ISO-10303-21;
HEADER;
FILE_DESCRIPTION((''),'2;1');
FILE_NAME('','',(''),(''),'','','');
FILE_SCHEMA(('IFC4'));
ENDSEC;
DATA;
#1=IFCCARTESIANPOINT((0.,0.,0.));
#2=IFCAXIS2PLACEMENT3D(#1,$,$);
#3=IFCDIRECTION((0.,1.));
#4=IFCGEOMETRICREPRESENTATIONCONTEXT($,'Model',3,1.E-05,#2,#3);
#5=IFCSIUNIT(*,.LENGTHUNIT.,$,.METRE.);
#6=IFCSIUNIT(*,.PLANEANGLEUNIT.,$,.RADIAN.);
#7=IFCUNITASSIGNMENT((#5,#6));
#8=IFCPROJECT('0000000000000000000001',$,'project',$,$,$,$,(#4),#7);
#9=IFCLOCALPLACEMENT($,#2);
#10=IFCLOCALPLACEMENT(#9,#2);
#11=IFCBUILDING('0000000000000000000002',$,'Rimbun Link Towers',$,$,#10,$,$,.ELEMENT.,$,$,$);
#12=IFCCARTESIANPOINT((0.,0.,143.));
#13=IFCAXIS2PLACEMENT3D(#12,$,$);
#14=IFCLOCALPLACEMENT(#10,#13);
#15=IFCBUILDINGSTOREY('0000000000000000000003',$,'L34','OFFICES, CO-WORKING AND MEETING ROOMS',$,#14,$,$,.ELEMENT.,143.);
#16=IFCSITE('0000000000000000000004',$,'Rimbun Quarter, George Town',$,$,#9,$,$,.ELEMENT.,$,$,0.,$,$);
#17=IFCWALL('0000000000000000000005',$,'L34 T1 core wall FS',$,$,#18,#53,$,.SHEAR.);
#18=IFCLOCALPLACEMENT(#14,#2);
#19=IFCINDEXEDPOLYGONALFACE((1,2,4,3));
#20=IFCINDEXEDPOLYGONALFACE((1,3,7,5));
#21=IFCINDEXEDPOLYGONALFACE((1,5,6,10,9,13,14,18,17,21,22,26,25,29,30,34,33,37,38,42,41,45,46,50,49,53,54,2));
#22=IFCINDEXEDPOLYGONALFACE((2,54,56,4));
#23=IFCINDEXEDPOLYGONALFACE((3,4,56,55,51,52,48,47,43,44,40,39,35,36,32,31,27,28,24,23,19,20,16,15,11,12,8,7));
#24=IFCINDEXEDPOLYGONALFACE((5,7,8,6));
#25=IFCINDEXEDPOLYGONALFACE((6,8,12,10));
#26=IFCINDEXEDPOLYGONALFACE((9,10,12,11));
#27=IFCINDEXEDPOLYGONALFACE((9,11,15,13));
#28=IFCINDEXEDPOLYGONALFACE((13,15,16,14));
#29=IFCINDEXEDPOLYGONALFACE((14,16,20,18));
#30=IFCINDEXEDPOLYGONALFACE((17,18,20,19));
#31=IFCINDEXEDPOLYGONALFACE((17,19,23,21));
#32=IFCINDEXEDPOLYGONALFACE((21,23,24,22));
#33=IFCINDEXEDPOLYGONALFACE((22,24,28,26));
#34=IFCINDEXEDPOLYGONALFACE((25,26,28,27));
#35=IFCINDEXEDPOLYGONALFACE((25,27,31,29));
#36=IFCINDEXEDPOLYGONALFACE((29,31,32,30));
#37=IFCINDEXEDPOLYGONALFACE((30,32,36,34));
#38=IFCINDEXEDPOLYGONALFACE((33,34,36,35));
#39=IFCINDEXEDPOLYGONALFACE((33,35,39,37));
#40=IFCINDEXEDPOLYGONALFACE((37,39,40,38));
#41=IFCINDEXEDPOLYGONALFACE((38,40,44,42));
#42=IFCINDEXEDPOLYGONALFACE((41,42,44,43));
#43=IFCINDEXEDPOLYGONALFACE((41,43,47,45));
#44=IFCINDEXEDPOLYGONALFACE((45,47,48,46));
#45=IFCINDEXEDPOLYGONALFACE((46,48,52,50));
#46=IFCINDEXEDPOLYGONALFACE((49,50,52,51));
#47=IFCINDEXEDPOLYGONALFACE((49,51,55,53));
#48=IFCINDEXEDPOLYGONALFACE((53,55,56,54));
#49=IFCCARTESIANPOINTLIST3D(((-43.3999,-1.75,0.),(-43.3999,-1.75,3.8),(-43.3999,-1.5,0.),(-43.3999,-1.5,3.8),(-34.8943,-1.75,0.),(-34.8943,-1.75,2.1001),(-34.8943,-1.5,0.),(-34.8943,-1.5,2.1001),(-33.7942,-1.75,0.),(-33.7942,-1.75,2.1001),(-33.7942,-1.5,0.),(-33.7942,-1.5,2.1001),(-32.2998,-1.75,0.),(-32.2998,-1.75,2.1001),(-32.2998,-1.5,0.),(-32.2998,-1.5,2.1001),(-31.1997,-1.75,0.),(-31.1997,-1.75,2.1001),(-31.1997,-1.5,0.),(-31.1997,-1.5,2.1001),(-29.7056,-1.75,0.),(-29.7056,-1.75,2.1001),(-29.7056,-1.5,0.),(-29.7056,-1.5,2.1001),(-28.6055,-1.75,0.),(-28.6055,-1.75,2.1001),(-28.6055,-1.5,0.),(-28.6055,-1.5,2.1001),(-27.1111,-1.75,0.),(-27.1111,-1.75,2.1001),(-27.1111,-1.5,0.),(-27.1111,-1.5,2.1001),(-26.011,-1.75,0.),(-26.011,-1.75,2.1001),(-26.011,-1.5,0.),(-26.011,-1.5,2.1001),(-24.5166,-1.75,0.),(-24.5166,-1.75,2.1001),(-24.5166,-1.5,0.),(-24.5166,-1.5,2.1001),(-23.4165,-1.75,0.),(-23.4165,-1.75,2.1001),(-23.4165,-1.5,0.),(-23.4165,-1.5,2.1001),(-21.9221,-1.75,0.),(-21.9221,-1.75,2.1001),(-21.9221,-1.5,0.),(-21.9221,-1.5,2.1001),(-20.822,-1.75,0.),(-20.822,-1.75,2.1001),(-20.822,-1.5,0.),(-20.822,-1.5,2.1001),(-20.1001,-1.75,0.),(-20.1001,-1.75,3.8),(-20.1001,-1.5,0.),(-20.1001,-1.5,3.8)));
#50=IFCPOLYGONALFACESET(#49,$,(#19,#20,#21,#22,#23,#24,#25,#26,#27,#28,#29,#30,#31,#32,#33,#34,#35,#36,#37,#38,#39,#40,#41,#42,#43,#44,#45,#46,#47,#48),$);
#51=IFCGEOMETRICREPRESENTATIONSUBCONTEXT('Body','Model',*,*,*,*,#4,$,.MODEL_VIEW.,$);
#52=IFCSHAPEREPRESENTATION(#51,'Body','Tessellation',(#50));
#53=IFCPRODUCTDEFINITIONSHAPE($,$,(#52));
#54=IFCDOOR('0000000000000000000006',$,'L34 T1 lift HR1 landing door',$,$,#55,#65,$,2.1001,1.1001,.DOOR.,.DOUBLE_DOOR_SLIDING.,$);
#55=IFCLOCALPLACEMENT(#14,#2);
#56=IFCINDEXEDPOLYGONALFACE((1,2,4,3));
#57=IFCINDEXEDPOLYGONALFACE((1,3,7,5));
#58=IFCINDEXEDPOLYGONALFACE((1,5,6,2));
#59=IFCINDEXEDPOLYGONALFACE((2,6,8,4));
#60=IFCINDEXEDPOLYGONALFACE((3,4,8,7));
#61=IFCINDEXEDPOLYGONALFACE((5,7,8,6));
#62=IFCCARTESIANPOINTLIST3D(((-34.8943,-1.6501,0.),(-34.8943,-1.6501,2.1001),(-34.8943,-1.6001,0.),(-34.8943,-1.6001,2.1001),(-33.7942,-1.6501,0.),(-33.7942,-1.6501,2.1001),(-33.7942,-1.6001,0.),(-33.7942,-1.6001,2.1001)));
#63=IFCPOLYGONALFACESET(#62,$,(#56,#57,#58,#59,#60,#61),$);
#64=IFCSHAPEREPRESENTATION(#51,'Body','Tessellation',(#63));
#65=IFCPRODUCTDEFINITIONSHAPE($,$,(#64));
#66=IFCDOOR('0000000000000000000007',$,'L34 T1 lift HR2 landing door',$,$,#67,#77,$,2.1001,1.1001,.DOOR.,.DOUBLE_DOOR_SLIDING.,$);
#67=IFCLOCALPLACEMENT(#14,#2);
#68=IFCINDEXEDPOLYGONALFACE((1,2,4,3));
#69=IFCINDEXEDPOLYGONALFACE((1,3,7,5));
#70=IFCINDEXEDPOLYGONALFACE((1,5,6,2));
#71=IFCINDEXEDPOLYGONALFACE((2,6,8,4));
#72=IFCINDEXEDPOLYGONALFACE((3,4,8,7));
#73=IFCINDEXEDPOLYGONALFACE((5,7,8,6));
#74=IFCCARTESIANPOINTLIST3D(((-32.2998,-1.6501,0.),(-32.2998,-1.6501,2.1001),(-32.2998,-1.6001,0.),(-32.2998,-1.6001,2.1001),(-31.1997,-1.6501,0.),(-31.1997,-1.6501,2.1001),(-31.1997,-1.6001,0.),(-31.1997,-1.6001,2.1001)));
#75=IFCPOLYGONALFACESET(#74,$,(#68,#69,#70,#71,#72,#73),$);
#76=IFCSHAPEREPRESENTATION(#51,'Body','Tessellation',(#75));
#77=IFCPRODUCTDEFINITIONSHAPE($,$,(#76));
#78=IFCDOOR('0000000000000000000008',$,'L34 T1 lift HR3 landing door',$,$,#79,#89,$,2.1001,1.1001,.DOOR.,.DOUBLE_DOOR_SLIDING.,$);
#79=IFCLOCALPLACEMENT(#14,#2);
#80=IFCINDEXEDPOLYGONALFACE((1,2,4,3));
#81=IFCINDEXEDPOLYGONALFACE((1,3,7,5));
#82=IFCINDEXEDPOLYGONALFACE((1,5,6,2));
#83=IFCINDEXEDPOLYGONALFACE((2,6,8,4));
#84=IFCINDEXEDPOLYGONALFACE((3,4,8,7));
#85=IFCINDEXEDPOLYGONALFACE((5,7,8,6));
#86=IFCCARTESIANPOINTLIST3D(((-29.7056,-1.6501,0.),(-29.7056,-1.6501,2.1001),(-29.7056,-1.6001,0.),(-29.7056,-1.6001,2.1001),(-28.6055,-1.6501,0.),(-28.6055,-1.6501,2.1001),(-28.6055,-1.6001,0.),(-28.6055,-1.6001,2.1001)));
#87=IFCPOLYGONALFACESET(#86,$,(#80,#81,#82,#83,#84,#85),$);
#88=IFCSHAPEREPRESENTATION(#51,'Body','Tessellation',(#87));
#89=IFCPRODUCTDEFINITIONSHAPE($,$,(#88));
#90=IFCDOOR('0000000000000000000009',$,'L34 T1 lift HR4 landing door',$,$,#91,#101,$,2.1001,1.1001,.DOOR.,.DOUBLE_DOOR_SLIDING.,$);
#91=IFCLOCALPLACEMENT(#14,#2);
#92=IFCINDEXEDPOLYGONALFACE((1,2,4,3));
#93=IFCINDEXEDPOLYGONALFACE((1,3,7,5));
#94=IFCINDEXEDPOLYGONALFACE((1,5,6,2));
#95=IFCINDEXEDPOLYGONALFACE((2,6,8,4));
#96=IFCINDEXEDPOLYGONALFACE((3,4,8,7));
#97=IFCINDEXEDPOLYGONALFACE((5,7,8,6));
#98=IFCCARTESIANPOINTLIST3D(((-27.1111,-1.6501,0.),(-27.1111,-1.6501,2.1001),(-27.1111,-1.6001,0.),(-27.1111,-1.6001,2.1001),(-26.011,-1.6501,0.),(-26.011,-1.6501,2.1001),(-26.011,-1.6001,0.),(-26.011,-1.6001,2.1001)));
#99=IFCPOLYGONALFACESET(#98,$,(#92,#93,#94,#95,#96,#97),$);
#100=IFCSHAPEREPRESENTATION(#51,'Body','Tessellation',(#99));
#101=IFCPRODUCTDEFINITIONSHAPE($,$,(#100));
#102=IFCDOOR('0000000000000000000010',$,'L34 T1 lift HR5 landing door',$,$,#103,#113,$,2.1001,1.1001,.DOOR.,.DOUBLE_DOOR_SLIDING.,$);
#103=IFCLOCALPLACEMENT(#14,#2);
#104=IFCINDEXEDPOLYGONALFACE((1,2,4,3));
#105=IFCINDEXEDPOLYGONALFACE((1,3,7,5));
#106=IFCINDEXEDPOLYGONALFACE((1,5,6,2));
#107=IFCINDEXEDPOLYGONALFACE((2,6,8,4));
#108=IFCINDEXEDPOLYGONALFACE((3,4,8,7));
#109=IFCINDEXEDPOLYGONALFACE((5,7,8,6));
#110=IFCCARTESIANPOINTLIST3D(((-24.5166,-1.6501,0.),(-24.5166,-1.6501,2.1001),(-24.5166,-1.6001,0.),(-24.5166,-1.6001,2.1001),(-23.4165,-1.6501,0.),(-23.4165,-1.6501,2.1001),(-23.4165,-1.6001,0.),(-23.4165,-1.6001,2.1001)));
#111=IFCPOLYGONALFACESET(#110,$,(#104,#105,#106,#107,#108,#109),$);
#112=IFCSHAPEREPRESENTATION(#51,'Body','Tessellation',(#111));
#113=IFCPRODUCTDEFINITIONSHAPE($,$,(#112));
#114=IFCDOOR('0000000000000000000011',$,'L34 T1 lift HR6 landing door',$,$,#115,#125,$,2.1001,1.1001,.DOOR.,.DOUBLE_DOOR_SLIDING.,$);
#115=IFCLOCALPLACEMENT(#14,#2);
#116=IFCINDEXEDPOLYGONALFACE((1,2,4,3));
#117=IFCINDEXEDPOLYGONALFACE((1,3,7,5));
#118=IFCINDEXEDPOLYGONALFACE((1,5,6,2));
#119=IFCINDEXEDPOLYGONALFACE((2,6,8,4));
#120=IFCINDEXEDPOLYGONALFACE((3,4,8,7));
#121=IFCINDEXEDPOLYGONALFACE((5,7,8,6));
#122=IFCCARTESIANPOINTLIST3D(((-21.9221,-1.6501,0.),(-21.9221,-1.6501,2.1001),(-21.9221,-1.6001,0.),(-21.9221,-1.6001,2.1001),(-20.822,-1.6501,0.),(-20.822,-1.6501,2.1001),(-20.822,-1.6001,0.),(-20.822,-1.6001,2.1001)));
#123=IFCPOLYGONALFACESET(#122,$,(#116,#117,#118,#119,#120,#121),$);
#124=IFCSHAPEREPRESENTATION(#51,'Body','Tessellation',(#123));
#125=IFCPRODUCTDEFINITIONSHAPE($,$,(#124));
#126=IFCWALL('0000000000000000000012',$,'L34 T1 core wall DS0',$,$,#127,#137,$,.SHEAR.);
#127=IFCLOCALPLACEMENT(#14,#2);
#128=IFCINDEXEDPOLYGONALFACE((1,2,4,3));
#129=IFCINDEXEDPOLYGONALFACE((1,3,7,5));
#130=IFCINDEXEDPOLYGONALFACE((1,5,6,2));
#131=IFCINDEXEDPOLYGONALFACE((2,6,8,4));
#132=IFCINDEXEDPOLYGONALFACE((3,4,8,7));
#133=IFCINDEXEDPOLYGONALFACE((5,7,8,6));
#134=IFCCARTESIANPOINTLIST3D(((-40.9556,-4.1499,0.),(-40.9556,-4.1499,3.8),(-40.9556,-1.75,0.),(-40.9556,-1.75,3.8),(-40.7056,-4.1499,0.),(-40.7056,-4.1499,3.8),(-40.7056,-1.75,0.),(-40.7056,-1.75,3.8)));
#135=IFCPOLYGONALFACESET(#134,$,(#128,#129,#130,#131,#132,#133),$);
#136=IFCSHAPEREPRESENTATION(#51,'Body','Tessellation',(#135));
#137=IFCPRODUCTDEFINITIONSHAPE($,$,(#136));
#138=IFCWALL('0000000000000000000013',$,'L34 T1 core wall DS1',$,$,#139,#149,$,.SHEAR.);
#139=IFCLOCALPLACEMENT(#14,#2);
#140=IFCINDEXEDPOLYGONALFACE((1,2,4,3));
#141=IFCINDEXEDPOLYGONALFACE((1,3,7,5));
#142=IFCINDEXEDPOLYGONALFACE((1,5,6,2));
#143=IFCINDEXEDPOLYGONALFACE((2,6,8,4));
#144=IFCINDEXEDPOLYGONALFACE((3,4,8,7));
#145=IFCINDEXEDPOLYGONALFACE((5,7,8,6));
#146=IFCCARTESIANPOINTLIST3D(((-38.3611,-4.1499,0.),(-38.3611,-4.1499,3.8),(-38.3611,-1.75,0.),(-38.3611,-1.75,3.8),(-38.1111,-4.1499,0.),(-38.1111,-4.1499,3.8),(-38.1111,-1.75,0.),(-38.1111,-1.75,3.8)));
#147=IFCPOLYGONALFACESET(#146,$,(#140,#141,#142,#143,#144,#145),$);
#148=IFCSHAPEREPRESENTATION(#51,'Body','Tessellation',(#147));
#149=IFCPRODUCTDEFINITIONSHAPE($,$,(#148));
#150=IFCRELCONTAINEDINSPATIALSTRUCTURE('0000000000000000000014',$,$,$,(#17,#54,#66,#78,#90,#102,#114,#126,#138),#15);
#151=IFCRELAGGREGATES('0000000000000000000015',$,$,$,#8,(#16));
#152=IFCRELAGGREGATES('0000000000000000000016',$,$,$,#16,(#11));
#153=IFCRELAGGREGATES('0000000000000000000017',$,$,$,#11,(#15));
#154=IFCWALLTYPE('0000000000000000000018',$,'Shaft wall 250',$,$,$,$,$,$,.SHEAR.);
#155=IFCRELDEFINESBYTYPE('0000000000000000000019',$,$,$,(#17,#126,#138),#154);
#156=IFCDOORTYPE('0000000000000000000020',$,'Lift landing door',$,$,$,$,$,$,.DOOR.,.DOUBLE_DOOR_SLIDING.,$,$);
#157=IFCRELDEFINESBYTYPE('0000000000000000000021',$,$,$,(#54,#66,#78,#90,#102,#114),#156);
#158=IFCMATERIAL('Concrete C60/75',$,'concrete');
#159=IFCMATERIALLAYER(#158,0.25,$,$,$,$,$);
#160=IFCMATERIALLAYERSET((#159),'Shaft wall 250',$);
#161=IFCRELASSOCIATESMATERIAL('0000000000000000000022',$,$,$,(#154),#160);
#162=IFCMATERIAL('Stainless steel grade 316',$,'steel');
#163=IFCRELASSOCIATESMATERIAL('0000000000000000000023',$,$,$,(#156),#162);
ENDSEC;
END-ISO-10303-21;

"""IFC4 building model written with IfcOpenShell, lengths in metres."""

from ifc_helpers import new_model, si_unit, direction, frame, frame_2d, origin, place, context, subcontext, project, spatial, rectangle, extrude, material, layer, layer_set, type_object, element, fill, save


model = new_model("IFC4")

# Units and contexts
model_context = context("Model", 3, precision=1e-05, world=origin(), true_north=direction((0.0, 1.0)))
body_context = subcontext(model_context, "Body", "Model", "MODEL_VIEW")
ifc_project = project(units=[si_unit("LENGTHUNIT", "METRE"), si_unit("PLANEANGLEUNIT", "RADIAN")], contexts=[model_context])

# Site, building, storey
site_placement = place(None, origin())
site = spatial("IfcSite", under=ifc_project, at=site_placement, Name="Rimbun Quarter, George Town", CompositionType="ELEMENT", RefElevation=0.0)
building_placement = place(site_placement, origin())
building = spatial("IfcBuilding", under=site, at=building_placement, Name="Rimbun Link Towers", CompositionType="ELEMENT")
storey_placement = place(building_placement, frame((0.0, 0.0, 143.0)))
storey = spatial("IfcBuildingStorey", under=building, at=storey_placement, Name="L34", Description="OFFICES, CO-WORKING AND MEETING ROOMS", CompositionType="ELEMENT", Elevation=143.0)

# Shared definitions
ifc_material_1 = material(Name="Concrete C60/75", Category="concrete")
ifc_layer_1 = layer(ifc_material_1, 0.25)
ifc_layer_set_1 = layer_set([ifc_layer_1], Name="Shaft wall 250")
wall_type_1 = type_object("IfcWallType", Name="Shaft wall 250", PredefinedType="SHEAR", material=ifc_layer_set_1)

# Wall, openings, doors
wall_1_placement = place(storey_placement, frame((-43.3999, -1.625, 0.0), z_axis=(0.0, 0.0, 1.0), x_axis=(1.0, 0.0, 0.0)))
wall_1 = element("IfcWall", 1, at=wall_1_placement, inside=storey, type_object=wall_type_1, Name="L34 T1 core wall FS", PredefinedType="SHEAR", context=body_context, shape_type="SweptSolid", body=[
    extrude(rectangle(XDim=23.2998, YDim=0.25, at=frame_2d((11.6499, 0.0))), origin(), (0.0, 0.0, 1.0), 3.8),
])
opening_1_placement = place(wall_1_placement, frame((8.5056, 0.0, 0.0)))
opening_1 = element("IfcOpeningElement", 2, at=opening_1_placement, cuts=wall_1, PredefinedType="OPENING", context=body_context, shape_type="SweptSolid", body=[
    extrude(rectangle(XDim=1.1001, YDim=2.1001, at=frame_2d((0.55, 1.05))), frame((0.0, 0.135, 0.0), z_axis=(0.0, -1.0, 0.0), x_axis=(1.0, 0.0, 0.0)), (0.0, 0.0, 1.0), 0.27),
])
opening_2_placement = place(wall_1_placement, frame((11.1001, 0.0, 0.0)))
opening_2 = element("IfcOpeningElement", 3, at=opening_2_placement, cuts=wall_1, PredefinedType="OPENING", context=body_context, shape_type="SweptSolid", body=[
    extrude(rectangle(XDim=1.1001, YDim=2.1001, at=frame_2d((0.55, 1.05))), frame((0.0, 0.135, 0.0), z_axis=(0.0, -1.0, 0.0), x_axis=(1.0, 0.0, 0.0)), (0.0, 0.0, 1.0), 0.27),
])
opening_3_placement = place(wall_1_placement, frame((13.6943, 0.0, 0.0)))
opening_3 = element("IfcOpeningElement", 4, at=opening_3_placement, cuts=wall_1, PredefinedType="OPENING", context=body_context, shape_type="SweptSolid", body=[
    extrude(rectangle(XDim=1.1001, YDim=2.1001, at=frame_2d((0.55, 1.05))), frame((0.0, 0.135, 0.0), z_axis=(0.0, -1.0, 0.0), x_axis=(1.0, 0.0, 0.0)), (0.0, 0.0, 1.0), 0.27),
])
opening_4_placement = place(wall_1_placement, frame((16.2888, 0.0, 0.0)))
opening_4 = element("IfcOpeningElement", 5, at=opening_4_placement, cuts=wall_1, PredefinedType="OPENING", context=body_context, shape_type="SweptSolid", body=[
    extrude(rectangle(XDim=1.1001, YDim=2.1001, at=frame_2d((0.55, 1.05))), frame((0.0, 0.135, 0.0), z_axis=(0.0, -1.0, 0.0), x_axis=(1.0, 0.0, 0.0)), (0.0, 0.0, 1.0), 0.27),
])
opening_5_placement = place(wall_1_placement, frame((18.8833, 0.0, 0.0)))
opening_5 = element("IfcOpeningElement", 6, at=opening_5_placement, cuts=wall_1, PredefinedType="OPENING", context=body_context, shape_type="SweptSolid", body=[
    extrude(rectangle(XDim=1.1001, YDim=2.1001, at=frame_2d((0.55, 1.05))), frame((0.0, 0.135, 0.0), z_axis=(0.0, -1.0, 0.0), x_axis=(1.0, 0.0, 0.0)), (0.0, 0.0, 1.0), 0.27),
])
opening_6_placement = place(wall_1_placement, frame((21.4778, 0.0, 0.0)))
opening_6 = element("IfcOpeningElement", 7, at=opening_6_placement, cuts=wall_1, PredefinedType="OPENING", context=body_context, shape_type="SweptSolid", body=[
    extrude(rectangle(XDim=1.1001, YDim=2.1001, at=frame_2d((0.55, 1.05))), frame((0.0, 0.135, 0.0), z_axis=(0.0, -1.0, 0.0), x_axis=(1.0, 0.0, 0.0)), (0.0, 0.0, 1.0), 0.27),
])
ifc_material_2 = material(Name="Stainless steel grade 316", Category="steel")
door_type_1 = type_object("IfcDoorType", Name="Lift landing door", OperationType="DOUBLE_DOOR_SLIDING", PredefinedType="DOOR", material=ifc_material_2)
door_1_placement = place(opening_1_placement, origin())
door_1 = element("IfcDoor", 8, at=door_1_placement, inside=storey, type_object=door_type_1, Name="L34 T1 lift HR1 landing door", OperationType="DOUBLE_DOOR_SLIDING", OverallHeight=2.1001, OverallWidth=1.1001, PredefinedType="DOOR", context=body_context, shape_type="SweptSolid", body=[
    extrude(rectangle(XDim=1.1001, YDim=2.1001, at=frame_2d((0.55, 1.05))), frame((0.0, 0.0249, 0.0), z_axis=(0.0, -1.0, 0.0), x_axis=(1.0, 0.0, 0.0)), (0.0, 0.0, 1.0), 0.05),
])
fill(opening_1, door_1)
door_2_placement = place(opening_2_placement, origin())
door_2 = element("IfcDoor", 9, at=door_2_placement, inside=storey, type_object=door_type_1, Name="L34 T1 lift HR2 landing door", OperationType="DOUBLE_DOOR_SLIDING", OverallHeight=2.1001, OverallWidth=1.1001, PredefinedType="DOOR", context=body_context, shape_type="SweptSolid", body=[
    extrude(rectangle(XDim=1.1001, YDim=2.1001, at=frame_2d((0.55, 1.05))), frame((0.0, 0.0249, 0.0), z_axis=(0.0, -1.0, 0.0), x_axis=(1.0, 0.0, 0.0)), (0.0, 0.0, 1.0), 0.05),
])
fill(opening_2, door_2)
door_3_placement = place(opening_3_placement, origin())
door_3 = element("IfcDoor", 10, at=door_3_placement, inside=storey, type_object=door_type_1, Name="L34 T1 lift HR3 landing door", OperationType="DOUBLE_DOOR_SLIDING", OverallHeight=2.1001, OverallWidth=1.1001, PredefinedType="DOOR", context=body_context, shape_type="SweptSolid", body=[
    extrude(rectangle(XDim=1.1001, YDim=2.1001, at=frame_2d((0.55, 1.05))), frame((0.0, 0.0249, 0.0), z_axis=(0.0, -1.0, 0.0), x_axis=(1.0, 0.0, 0.0)), (0.0, 0.0, 1.0), 0.05),
])
fill(opening_3, door_3)
door_4_placement = place(opening_4_placement, origin())
door_4 = element("IfcDoor", 11, at=door_4_placement, inside=storey, type_object=door_type_1, Name="L34 T1 lift HR4 landing door", OperationType="DOUBLE_DOOR_SLIDING", OverallHeight=2.1001, OverallWidth=1.1001, PredefinedType="DOOR", context=body_context, shape_type="SweptSolid", body=[
    extrude(rectangle(XDim=1.1001, YDim=2.1001, at=frame_2d((0.55, 1.05))), frame((0.0, 0.0249, 0.0), z_axis=(0.0, -1.0, 0.0), x_axis=(1.0, 0.0, 0.0)), (0.0, 0.0, 1.0), 0.05),
])
fill(opening_4, door_4)
door_5_placement = place(opening_5_placement, origin())
door_5 = element("IfcDoor", 12, at=door_5_placement, inside=storey, type_object=door_type_1, Name="L34 T1 lift HR5 landing door", OperationType="DOUBLE_DOOR_SLIDING", OverallHeight=2.1001, OverallWidth=1.1001, PredefinedType="DOOR", context=body_context, shape_type="SweptSolid", body=[
    extrude(rectangle(XDim=1.1001, YDim=2.1001, at=frame_2d((0.55, 1.05))), frame((0.0, 0.0249, 0.0), z_axis=(0.0, -1.0, 0.0), x_axis=(1.0, 0.0, 0.0)), (0.0, 0.0, 1.0), 0.05),
])
fill(opening_5, door_5)
door_6_placement = place(opening_6_placement, origin())
door_6 = element("IfcDoor", 13, at=door_6_placement, inside=storey, type_object=door_type_1, Name="L34 T1 lift HR6 landing door", OperationType="DOUBLE_DOOR_SLIDING", OverallHeight=2.1001, OverallWidth=1.1001, PredefinedType="DOOR", context=body_context, shape_type="SweptSolid", body=[
    extrude(rectangle(XDim=1.1001, YDim=2.1001, at=frame_2d((0.55, 1.05))), frame((0.0, 0.0249, 0.0), z_axis=(0.0, -1.0, 0.0), x_axis=(1.0, 0.0, 0.0)), (0.0, 0.0, 1.0), 0.05),
])
fill(opening_6, door_6)

# Walls
for number, where, z_axis, x_axis, name in (
    (14, (-40.8306, -4.1499, 0.0), (0.0, 0.0, 1.0), (0.0, 1.0, 0.0), "L34 T1 core wall DS0"),
    (15, (-38.2361, -4.1499, 0.0), (0.0, 0.0, 1.0), (0.0, 1.0, 0.0), "L34 T1 core wall DS1"),
):
    element("IfcWall", number, at=place(storey_placement, frame(where, z_axis=z_axis, x_axis=x_axis)), inside=storey, type_object=wall_type_1, Name=name, PredefinedType="SHEAR", context=body_context, shape_type="SweptSolid", body=[
        extrude(rectangle(XDim=2.3999, YDim=0.25, at=frame_2d((1.2, 0.0))), origin(), (0.0, 0.0, 1.0), 3.8),
    ])

save(model, "model.ifc")
